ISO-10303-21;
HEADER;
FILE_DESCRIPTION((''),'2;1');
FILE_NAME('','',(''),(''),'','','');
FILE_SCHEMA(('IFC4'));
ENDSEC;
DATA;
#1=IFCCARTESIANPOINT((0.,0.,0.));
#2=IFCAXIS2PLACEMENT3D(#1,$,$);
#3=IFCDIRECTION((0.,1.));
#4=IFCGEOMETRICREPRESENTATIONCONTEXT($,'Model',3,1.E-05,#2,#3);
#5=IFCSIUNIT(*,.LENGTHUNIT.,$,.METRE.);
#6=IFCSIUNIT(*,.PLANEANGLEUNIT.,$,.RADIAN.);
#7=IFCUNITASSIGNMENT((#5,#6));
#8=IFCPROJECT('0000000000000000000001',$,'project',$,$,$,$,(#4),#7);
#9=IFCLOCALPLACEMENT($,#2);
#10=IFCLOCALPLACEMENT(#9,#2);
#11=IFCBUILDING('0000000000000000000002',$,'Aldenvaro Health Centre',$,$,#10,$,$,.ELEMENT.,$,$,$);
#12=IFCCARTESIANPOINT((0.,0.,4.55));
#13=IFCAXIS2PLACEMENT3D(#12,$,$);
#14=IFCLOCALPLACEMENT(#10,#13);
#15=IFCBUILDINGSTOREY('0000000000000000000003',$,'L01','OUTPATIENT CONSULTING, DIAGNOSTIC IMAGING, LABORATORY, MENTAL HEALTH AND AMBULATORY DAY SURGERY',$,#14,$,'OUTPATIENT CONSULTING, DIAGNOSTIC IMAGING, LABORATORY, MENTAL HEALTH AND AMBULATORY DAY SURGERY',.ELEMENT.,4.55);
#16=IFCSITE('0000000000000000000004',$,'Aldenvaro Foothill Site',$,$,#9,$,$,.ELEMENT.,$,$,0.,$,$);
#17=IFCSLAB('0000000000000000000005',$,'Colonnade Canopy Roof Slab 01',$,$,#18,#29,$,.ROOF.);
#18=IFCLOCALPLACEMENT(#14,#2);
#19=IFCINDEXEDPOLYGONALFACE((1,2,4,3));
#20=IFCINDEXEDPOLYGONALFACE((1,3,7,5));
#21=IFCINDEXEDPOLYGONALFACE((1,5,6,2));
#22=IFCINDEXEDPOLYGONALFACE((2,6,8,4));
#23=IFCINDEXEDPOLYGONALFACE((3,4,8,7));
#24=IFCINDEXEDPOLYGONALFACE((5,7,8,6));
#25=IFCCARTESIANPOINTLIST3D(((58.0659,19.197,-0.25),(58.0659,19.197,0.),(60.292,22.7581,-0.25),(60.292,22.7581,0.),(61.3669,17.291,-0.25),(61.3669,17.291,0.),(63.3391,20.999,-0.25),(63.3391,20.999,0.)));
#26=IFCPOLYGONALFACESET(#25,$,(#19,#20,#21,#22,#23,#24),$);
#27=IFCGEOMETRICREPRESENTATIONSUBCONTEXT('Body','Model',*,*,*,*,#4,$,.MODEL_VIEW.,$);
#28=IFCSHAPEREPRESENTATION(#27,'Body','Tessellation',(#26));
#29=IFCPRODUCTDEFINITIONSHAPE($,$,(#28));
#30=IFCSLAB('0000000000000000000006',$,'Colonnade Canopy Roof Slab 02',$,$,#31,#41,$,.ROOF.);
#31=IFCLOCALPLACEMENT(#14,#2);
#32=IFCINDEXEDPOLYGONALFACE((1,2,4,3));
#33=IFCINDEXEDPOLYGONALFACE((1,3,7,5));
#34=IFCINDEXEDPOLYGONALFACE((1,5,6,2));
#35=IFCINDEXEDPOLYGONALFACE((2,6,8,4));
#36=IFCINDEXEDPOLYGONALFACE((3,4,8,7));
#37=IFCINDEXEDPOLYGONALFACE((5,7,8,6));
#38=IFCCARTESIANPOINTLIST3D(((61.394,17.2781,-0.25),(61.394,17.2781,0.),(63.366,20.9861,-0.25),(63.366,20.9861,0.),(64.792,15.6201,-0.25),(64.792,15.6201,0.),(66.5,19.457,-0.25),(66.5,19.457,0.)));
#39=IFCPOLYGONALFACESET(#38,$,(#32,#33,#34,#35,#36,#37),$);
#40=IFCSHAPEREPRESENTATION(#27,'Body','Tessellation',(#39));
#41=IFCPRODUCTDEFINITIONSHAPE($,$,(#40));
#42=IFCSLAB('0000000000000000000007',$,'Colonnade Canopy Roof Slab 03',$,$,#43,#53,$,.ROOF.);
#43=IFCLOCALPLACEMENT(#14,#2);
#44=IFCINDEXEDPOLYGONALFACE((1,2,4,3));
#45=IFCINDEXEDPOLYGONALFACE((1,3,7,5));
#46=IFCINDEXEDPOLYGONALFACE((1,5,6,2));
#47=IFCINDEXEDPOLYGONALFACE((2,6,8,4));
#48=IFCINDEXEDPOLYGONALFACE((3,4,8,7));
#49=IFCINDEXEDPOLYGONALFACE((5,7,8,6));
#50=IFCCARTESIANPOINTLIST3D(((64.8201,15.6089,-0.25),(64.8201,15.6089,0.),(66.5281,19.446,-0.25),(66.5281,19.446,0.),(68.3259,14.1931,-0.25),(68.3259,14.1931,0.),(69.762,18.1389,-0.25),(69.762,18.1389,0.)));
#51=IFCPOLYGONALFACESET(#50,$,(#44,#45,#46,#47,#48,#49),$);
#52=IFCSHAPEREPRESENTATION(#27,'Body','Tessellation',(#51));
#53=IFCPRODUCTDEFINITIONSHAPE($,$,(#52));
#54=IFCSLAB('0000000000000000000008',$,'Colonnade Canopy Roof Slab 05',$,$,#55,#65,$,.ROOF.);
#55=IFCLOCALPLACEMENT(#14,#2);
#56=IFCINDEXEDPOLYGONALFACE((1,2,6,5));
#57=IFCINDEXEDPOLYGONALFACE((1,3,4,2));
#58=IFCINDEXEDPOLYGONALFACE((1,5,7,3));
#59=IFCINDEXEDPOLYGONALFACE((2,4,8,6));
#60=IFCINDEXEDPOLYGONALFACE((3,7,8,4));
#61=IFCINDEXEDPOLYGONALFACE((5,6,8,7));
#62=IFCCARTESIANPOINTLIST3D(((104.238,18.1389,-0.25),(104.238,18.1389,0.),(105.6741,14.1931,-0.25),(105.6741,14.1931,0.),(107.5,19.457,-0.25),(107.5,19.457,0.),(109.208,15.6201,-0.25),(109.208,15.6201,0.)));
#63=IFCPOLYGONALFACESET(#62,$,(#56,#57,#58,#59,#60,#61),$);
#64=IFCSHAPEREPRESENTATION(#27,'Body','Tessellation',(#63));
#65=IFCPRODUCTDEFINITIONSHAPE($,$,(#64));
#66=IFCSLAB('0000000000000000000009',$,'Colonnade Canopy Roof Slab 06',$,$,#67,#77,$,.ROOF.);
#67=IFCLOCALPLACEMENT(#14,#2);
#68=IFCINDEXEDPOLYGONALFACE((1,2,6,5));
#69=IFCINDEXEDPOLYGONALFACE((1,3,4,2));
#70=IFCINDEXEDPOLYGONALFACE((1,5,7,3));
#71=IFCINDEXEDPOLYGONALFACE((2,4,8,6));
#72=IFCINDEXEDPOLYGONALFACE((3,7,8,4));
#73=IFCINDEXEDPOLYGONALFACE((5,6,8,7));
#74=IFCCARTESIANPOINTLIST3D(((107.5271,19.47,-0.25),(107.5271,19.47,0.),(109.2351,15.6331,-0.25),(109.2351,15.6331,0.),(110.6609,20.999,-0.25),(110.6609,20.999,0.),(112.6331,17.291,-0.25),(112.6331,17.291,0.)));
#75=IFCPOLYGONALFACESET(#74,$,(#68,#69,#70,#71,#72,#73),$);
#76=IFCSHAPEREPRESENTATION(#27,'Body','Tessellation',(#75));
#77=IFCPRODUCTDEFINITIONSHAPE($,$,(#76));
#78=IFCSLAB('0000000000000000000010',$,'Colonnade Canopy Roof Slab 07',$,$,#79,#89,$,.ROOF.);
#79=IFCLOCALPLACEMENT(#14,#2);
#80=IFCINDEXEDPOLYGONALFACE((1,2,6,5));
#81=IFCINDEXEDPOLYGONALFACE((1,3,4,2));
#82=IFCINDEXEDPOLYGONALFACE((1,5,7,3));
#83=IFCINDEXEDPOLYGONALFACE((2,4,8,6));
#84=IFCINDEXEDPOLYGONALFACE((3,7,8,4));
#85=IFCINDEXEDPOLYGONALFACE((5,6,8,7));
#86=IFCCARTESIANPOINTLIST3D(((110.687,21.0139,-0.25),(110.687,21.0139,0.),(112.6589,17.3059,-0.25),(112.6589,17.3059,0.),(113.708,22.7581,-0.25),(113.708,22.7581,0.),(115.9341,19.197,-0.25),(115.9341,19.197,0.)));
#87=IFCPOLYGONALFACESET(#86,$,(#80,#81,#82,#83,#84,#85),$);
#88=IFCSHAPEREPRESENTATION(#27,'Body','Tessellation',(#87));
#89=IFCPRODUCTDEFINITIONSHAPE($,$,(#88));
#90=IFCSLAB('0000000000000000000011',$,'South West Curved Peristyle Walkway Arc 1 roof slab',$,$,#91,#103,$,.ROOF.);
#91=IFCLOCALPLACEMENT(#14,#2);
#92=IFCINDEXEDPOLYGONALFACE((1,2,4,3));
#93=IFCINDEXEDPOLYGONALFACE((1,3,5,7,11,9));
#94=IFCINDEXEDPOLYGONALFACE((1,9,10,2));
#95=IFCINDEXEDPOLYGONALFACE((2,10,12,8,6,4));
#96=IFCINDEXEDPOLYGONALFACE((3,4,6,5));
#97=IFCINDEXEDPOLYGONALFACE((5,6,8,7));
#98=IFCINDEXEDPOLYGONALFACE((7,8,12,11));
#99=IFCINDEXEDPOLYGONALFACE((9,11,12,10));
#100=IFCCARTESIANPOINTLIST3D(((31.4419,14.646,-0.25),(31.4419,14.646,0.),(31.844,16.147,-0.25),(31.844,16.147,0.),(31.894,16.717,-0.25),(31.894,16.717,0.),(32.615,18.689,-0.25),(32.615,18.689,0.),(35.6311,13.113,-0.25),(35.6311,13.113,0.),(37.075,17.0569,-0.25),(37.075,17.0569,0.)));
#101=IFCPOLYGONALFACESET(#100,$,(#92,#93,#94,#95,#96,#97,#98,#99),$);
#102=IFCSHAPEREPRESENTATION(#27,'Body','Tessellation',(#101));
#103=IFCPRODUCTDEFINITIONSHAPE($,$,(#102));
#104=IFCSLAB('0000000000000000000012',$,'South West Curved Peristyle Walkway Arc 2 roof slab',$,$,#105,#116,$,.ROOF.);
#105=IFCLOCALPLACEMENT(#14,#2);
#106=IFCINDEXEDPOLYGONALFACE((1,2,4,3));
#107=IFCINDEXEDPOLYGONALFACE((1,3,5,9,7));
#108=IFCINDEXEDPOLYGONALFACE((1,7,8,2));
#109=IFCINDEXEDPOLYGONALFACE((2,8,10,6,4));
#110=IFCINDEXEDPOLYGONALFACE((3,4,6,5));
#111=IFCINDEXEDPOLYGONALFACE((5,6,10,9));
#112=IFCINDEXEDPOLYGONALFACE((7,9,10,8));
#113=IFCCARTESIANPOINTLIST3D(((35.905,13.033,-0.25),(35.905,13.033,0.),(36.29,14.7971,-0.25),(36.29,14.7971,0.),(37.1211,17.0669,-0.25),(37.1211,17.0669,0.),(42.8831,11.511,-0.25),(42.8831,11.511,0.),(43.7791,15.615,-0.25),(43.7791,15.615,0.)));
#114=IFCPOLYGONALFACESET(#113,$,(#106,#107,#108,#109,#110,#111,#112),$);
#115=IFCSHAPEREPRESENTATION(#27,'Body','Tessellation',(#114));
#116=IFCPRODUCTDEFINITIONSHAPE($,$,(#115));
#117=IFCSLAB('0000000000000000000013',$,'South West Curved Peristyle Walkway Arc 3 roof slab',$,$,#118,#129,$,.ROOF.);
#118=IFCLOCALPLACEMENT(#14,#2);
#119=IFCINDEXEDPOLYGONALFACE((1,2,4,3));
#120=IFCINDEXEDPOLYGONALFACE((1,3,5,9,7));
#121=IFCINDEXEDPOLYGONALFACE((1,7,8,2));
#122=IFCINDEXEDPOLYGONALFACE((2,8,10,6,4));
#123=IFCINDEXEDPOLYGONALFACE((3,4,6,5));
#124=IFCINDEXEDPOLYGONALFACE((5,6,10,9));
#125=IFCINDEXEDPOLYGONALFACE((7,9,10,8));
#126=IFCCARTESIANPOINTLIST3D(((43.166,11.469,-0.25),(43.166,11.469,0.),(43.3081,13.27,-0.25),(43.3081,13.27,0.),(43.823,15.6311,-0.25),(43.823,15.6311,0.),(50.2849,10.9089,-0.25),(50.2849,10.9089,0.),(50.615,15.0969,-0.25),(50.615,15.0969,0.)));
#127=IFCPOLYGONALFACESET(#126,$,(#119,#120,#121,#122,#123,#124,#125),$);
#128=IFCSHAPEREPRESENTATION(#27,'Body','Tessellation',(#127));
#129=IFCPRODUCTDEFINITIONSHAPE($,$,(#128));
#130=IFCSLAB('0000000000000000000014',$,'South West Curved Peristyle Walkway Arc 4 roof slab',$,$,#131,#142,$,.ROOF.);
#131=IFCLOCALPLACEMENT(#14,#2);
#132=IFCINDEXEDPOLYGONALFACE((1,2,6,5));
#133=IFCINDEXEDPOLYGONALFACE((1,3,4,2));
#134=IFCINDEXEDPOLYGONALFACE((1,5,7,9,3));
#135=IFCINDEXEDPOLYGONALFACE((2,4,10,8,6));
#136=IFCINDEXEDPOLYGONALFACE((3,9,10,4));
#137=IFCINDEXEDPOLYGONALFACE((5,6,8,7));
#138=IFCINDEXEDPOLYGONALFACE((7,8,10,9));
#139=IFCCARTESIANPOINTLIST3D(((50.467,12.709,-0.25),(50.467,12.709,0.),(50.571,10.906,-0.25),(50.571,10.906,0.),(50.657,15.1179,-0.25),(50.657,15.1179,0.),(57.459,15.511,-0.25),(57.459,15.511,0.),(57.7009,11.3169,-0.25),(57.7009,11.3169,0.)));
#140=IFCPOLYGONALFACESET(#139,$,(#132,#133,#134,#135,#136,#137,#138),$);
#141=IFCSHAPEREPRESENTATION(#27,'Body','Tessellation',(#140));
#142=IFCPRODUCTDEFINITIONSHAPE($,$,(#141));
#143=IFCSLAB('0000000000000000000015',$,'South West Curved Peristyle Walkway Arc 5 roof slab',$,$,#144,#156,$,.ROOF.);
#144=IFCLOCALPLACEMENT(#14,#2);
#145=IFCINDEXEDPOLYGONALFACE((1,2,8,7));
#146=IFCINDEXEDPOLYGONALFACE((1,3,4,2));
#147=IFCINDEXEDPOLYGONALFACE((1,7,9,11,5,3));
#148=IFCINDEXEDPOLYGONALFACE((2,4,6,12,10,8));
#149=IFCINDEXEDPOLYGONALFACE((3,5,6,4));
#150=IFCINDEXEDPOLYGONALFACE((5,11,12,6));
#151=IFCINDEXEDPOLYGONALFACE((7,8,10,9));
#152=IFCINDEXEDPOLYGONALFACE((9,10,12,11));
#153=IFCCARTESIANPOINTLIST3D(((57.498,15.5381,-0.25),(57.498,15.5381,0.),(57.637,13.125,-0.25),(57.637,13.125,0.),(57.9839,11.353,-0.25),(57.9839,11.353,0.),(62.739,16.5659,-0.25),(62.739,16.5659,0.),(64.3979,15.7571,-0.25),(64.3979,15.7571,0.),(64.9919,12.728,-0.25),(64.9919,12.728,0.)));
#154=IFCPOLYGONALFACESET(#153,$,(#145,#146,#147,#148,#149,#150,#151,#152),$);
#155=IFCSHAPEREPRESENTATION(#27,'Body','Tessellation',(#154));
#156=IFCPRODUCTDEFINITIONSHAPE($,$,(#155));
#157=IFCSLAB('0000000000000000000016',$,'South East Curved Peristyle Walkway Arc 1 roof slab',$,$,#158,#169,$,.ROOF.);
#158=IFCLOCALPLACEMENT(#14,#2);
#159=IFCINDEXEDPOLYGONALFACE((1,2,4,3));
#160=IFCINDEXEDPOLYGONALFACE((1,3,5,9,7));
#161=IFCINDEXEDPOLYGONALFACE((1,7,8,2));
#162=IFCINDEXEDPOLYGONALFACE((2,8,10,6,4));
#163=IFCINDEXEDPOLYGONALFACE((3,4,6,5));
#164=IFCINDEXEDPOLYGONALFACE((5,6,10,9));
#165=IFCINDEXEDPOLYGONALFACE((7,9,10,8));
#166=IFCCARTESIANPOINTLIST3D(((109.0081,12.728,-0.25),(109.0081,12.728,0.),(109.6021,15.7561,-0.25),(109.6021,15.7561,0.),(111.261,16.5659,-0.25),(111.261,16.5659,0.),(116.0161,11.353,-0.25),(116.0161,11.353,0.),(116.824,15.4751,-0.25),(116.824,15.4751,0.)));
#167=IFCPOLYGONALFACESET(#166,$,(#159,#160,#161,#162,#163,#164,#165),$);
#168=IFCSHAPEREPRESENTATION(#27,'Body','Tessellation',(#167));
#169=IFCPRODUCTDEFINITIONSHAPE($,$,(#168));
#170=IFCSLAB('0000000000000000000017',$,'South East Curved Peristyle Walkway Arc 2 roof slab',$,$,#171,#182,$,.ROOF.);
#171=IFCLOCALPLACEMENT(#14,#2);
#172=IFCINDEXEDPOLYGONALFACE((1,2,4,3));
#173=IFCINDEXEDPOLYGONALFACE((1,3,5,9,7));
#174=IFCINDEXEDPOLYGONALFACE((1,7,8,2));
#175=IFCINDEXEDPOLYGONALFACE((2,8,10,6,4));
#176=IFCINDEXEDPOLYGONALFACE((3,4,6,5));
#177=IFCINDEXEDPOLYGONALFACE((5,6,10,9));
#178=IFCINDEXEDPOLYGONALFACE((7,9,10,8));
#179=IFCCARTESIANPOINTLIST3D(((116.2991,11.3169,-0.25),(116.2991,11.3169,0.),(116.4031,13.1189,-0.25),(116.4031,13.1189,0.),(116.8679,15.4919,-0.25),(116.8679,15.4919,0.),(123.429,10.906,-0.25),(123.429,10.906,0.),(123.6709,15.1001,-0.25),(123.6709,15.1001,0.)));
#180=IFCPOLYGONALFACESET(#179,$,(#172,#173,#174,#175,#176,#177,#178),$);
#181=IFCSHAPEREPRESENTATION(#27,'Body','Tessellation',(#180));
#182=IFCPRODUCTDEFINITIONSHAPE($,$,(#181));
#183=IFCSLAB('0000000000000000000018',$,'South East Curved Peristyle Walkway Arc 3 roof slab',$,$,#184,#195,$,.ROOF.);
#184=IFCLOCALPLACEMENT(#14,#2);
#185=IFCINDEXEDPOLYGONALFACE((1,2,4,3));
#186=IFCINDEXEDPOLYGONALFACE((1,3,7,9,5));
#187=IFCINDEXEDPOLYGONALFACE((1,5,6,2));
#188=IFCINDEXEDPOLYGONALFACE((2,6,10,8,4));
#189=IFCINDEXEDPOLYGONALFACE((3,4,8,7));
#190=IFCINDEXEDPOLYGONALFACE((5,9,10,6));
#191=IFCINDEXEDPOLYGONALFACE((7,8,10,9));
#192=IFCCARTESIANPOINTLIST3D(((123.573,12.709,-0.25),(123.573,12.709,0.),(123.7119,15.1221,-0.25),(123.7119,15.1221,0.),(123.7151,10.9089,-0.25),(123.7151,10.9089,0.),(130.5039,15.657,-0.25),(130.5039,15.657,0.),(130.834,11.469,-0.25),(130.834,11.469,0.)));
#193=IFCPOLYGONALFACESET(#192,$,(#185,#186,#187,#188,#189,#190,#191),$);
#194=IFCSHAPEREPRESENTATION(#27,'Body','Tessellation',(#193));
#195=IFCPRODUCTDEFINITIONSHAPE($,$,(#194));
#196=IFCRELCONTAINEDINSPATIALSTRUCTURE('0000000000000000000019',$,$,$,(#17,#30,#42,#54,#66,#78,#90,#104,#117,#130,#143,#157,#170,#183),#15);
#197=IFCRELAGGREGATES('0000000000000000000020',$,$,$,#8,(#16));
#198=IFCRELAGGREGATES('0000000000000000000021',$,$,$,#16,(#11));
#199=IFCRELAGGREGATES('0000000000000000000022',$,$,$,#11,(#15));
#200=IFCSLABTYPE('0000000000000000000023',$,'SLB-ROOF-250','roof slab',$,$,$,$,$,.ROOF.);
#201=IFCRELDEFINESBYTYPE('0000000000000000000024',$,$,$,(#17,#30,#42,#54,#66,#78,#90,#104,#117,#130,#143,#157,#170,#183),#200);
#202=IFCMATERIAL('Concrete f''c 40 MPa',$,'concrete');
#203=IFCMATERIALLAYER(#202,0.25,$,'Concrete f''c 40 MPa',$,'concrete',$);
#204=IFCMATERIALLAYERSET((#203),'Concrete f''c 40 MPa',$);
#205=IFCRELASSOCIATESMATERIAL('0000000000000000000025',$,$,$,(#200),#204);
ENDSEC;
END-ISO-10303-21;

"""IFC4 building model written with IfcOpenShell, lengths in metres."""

from ifc_helpers import new_model, si_unit, direction, frame, origin, place, context, subcontext, project, spatial, polyline, outline, extrude, material, layer, layer_set, type_object, element, save


model = new_model("IFC4")

# Units and contexts
model_context = context("Model", 3, precision=1e-05, world=origin(), true_north=direction((0.0, 1.0)))
body_context = subcontext(model_context, "Body", "Model", "MODEL_VIEW")
ifc_project = project(units=[si_unit("LENGTHUNIT", "METRE"), si_unit("PLANEANGLEUNIT", "RADIAN")], contexts=[model_context])

# Site, building, storey
site_placement = place(None, origin())
site = spatial("IfcSite", under=ifc_project, at=site_placement, Name="Aldenvaro Foothill Site", CompositionType="ELEMENT", RefElevation=0.0)
building_placement = place(site_placement, origin())
building = spatial("IfcBuilding", under=site, at=building_placement, Name="Aldenvaro Health Centre", CompositionType="ELEMENT")
storey_placement = place(building_placement, frame((0.0, 0.0, 4.55)))
storey = spatial("IfcBuildingStorey", under=building, at=storey_placement, Name="L01", Description="OUTPATIENT CONSULTING, DIAGNOSTIC IMAGING, LABORATORY, MENTAL HEALTH AND AMBULATORY DAY SURGERY", LongName="OUTPATIENT CONSULTING, DIAGNOSTIC IMAGING, LABORATORY, MENTAL HEALTH AND AMBULATORY DAY SURGERY", CompositionType="ELEMENT", Elevation=4.55)

# Slabs
ifc_material_1 = material(Name="Concrete f'c 40 MPa", Category="concrete")
ifc_layer_1 = layer(ifc_material_1, 0.25, Name="Concrete f'c 40 MPa", Category="concrete")
ifc_layer_set_1 = layer_set([ifc_layer_1], Name="Concrete f'c 40 MPa")
slab_type = type_object("IfcSlabType", Name="SLB-ROOF-250", Description="roof slab", PredefinedType="ROOF", material=ifc_layer_set_1)
slab_1_placement = place(storey_placement, frame((0.0, 0.0, -0.25)))
element("IfcSlab", 1, at=slab_1_placement, inside=storey, type_object=slab_type, Name="Colonnade Canopy Roof Slab 01", PredefinedType="ROOF", context=body_context, shape_type="SweptSolid", body=[
    extrude(outline(polyline([(60.292, 22.7581), (58.0659, 19.197), (61.3669, 17.291), (63.3391, 20.999), (60.292, 22.7581)])), origin(), (0.0, 0.0, 1.0), 0.25),
])
slab_2_placement = place(storey_placement, frame((0.0, 0.0, -0.25)))
element("IfcSlab", 2, at=slab_2_placement, inside=storey, type_object=slab_type, Name="Colonnade Canopy Roof Slab 02", PredefinedType="ROOF", context=body_context, shape_type="SweptSolid", body=[
    extrude(outline(polyline([(66.5, 19.457), (64.792, 15.6201), (61.394, 17.2781), (63.366, 20.9861), (66.5, 19.457)])), origin(), (0.0, 0.0, 1.0), 0.25),
])
slab_3_placement = place(storey_placement, frame((0.0, 0.0, -0.25)))
element("IfcSlab", 3, at=slab_3_placement, inside=storey, type_object=slab_type, Name="Colonnade Canopy Roof Slab 03", PredefinedType="ROOF", context=body_context, shape_type="SweptSolid", body=[
    extrude(outline(polyline([(69.762, 18.1389), (68.3259, 14.1931), (64.8201, 15.6089), (66.5281, 19.446), (69.762, 18.1389)])), origin(), (0.0, 0.0, 1.0), 0.25),
])
slab_4_placement = place(storey_placement, frame((0.0, 0.0, -0.25)))
element("IfcSlab", 4, at=slab_4_placement, inside=storey, type_object=slab_type, Name="Colonnade Canopy Roof Slab 05", PredefinedType="ROOF", context=body_context, shape_type="SweptSolid", body=[
    extrude(outline(polyline([(107.5, 19.457), (109.208, 15.6201), (105.6741, 14.1931), (104.238, 18.1389), (107.5, 19.457)])), origin(), (0.0, 0.0, 1.0), 0.25),
])
slab_5_placement = place(storey_placement, frame((0.0, 0.0, -0.25)))
element("IfcSlab", 5, at=slab_5_placement, inside=storey, type_object=slab_type, Name="Colonnade Canopy Roof Slab 06", PredefinedType="ROOF", context=body_context, shape_type="SweptSolid", body=[
    extrude(outline(polyline([(110.6609, 20.999), (112.6331, 17.291), (109.2351, 15.6331), (107.5271, 19.47), (110.6609, 20.999)])), origin(), (0.0, 0.0, 1.0), 0.25),
])
slab_6_placement = place(storey_placement, frame((0.0, 0.0, -0.25)))
element("IfcSlab", 6, at=slab_6_placement, inside=storey, type_object=slab_type, Name="Colonnade Canopy Roof Slab 07", PredefinedType="ROOF", context=body_context, shape_type="SweptSolid", body=[
    extrude(outline(polyline([(113.708, 22.7581), (115.9341, 19.197), (112.6589, 17.3059), (110.687, 21.0139), (113.708, 22.7581)])), origin(), (0.0, 0.0, 1.0), 0.25),
])
slab_7_placement = place(storey_placement, frame((0.0, 0.0, -0.25)))
element("IfcSlab", 7, at=slab_7_placement, inside=storey, type_object=slab_type, Name="South West Curved Peristyle Walkway Arc 1 roof slab", PredefinedType="ROOF", context=body_context, shape_type="SweptSolid", body=[
    extrude(outline(polyline([(32.615, 18.689), (37.075, 17.0569), (35.6311, 13.113), (31.4419, 14.646), (31.844, 16.147), (31.894, 16.717), (32.615, 18.689)])), origin(), (0.0, 0.0, 1.0), 0.25),
])
slab_8_placement = place(storey_placement, frame((0.0, 0.0, -0.25)))
element("IfcSlab", 8, at=slab_8_placement, inside=storey, type_object=slab_type, Name="South West Curved Peristyle Walkway Arc 2 roof slab", PredefinedType="ROOF", context=body_context, shape_type="SweptSolid", body=[
    extrude(outline(polyline([(43.7791, 15.615), (42.8831, 11.511), (35.905, 13.033), (36.29, 14.7971), (37.1211, 17.0669), (43.7791, 15.615)])), origin(), (0.0, 0.0, 1.0), 0.25),
])
slab_9_placement = place(storey_placement, frame((0.0, 0.0, -0.25)))
element("IfcSlab", 9, at=slab_9_placement, inside=storey, type_object=slab_type, Name="South West Curved Peristyle Walkway Arc 3 roof slab", PredefinedType="ROOF", context=body_context, shape_type="SweptSolid", body=[
    extrude(outline(polyline([(50.615, 15.0969), (50.2849, 10.9089), (43.166, 11.469), (43.3081, 13.27), (43.823, 15.6311), (50.615, 15.0969)])), origin(), (0.0, 0.0, 1.0), 0.25),
])
slab_10_placement = place(storey_placement, frame((0.0, 0.0, -0.25)))
element("IfcSlab", 10, at=slab_10_placement, inside=storey, type_object=slab_type, Name="South West Curved Peristyle Walkway Arc 4 roof slab", PredefinedType="ROOF", context=body_context, shape_type="SweptSolid", body=[
    extrude(outline(polyline([(57.459, 15.511), (57.7009, 11.3169), (50.571, 10.906), (50.467, 12.709), (50.657, 15.1179), (57.459, 15.511)])), origin(), (0.0, 0.0, 1.0), 0.25),
])
slab_11_placement = place(storey_placement, frame((0.0, 0.0, -0.25)))
element("IfcSlab", 11, at=slab_11_placement, inside=storey, type_object=slab_type, Name="South West Curved Peristyle Walkway Arc 5 roof slab", PredefinedType="ROOF", context=body_context, shape_type="SweptSolid", body=[
    extrude(outline(polyline([(64.9919, 12.728), (57.9839, 11.353), (57.637, 13.125), (57.498, 15.5381), (62.739, 16.5659), (64.3979, 15.7571), (64.9919, 12.728)])), origin(), (0.0, 0.0, 1.0), 0.25),
])
slab_12_placement = place(storey_placement, frame((0.0, 0.0, -0.25)))
element("IfcSlab", 12, at=slab_12_placement, inside=storey, type_object=slab_type, Name="South East Curved Peristyle Walkway Arc 1 roof slab", PredefinedType="ROOF", context=body_context, shape_type="SweptSolid", body=[
    extrude(outline(polyline([(116.824, 15.4751), (116.0161, 11.353), (109.0081, 12.728), (109.6021, 15.7561), (111.261, 16.5659), (116.824, 15.4751)])), origin(), (0.0, 0.0, 1.0), 0.25),
])
slab_13_placement = place(storey_placement, frame((0.0, 0.0, -0.25)))
element("IfcSlab", 13, at=slab_13_placement, inside=storey, type_object=slab_type, Name="South East Curved Peristyle Walkway Arc 2 roof slab", PredefinedType="ROOF", context=body_context, shape_type="SweptSolid", body=[
    extrude(outline(polyline([(123.6709, 15.1001), (123.429, 10.906), (116.2991, 11.3169), (116.4031, 13.1189), (116.8679, 15.4919), (123.6709, 15.1001)])), origin(), (0.0, 0.0, 1.0), 0.25),
])
slab_14_placement = place(storey_placement, frame((0.0, 0.0, -0.25)))
element("IfcSlab", 14, at=slab_14_placement, inside=storey, type_object=slab_type, Name="South East Curved Peristyle Walkway Arc 3 roof slab", PredefinedType="ROOF", context=body_context, shape_type="SweptSolid", body=[
    extrude(outline(polyline([(130.5039, 15.657), (130.834, 11.469), (123.7151, 10.9089), (123.573, 12.709), (123.7119, 15.1221), (130.5039, 15.657)])), origin(), (0.0, 0.0, 1.0), 0.25),
])

save(model, "model.ifc")
